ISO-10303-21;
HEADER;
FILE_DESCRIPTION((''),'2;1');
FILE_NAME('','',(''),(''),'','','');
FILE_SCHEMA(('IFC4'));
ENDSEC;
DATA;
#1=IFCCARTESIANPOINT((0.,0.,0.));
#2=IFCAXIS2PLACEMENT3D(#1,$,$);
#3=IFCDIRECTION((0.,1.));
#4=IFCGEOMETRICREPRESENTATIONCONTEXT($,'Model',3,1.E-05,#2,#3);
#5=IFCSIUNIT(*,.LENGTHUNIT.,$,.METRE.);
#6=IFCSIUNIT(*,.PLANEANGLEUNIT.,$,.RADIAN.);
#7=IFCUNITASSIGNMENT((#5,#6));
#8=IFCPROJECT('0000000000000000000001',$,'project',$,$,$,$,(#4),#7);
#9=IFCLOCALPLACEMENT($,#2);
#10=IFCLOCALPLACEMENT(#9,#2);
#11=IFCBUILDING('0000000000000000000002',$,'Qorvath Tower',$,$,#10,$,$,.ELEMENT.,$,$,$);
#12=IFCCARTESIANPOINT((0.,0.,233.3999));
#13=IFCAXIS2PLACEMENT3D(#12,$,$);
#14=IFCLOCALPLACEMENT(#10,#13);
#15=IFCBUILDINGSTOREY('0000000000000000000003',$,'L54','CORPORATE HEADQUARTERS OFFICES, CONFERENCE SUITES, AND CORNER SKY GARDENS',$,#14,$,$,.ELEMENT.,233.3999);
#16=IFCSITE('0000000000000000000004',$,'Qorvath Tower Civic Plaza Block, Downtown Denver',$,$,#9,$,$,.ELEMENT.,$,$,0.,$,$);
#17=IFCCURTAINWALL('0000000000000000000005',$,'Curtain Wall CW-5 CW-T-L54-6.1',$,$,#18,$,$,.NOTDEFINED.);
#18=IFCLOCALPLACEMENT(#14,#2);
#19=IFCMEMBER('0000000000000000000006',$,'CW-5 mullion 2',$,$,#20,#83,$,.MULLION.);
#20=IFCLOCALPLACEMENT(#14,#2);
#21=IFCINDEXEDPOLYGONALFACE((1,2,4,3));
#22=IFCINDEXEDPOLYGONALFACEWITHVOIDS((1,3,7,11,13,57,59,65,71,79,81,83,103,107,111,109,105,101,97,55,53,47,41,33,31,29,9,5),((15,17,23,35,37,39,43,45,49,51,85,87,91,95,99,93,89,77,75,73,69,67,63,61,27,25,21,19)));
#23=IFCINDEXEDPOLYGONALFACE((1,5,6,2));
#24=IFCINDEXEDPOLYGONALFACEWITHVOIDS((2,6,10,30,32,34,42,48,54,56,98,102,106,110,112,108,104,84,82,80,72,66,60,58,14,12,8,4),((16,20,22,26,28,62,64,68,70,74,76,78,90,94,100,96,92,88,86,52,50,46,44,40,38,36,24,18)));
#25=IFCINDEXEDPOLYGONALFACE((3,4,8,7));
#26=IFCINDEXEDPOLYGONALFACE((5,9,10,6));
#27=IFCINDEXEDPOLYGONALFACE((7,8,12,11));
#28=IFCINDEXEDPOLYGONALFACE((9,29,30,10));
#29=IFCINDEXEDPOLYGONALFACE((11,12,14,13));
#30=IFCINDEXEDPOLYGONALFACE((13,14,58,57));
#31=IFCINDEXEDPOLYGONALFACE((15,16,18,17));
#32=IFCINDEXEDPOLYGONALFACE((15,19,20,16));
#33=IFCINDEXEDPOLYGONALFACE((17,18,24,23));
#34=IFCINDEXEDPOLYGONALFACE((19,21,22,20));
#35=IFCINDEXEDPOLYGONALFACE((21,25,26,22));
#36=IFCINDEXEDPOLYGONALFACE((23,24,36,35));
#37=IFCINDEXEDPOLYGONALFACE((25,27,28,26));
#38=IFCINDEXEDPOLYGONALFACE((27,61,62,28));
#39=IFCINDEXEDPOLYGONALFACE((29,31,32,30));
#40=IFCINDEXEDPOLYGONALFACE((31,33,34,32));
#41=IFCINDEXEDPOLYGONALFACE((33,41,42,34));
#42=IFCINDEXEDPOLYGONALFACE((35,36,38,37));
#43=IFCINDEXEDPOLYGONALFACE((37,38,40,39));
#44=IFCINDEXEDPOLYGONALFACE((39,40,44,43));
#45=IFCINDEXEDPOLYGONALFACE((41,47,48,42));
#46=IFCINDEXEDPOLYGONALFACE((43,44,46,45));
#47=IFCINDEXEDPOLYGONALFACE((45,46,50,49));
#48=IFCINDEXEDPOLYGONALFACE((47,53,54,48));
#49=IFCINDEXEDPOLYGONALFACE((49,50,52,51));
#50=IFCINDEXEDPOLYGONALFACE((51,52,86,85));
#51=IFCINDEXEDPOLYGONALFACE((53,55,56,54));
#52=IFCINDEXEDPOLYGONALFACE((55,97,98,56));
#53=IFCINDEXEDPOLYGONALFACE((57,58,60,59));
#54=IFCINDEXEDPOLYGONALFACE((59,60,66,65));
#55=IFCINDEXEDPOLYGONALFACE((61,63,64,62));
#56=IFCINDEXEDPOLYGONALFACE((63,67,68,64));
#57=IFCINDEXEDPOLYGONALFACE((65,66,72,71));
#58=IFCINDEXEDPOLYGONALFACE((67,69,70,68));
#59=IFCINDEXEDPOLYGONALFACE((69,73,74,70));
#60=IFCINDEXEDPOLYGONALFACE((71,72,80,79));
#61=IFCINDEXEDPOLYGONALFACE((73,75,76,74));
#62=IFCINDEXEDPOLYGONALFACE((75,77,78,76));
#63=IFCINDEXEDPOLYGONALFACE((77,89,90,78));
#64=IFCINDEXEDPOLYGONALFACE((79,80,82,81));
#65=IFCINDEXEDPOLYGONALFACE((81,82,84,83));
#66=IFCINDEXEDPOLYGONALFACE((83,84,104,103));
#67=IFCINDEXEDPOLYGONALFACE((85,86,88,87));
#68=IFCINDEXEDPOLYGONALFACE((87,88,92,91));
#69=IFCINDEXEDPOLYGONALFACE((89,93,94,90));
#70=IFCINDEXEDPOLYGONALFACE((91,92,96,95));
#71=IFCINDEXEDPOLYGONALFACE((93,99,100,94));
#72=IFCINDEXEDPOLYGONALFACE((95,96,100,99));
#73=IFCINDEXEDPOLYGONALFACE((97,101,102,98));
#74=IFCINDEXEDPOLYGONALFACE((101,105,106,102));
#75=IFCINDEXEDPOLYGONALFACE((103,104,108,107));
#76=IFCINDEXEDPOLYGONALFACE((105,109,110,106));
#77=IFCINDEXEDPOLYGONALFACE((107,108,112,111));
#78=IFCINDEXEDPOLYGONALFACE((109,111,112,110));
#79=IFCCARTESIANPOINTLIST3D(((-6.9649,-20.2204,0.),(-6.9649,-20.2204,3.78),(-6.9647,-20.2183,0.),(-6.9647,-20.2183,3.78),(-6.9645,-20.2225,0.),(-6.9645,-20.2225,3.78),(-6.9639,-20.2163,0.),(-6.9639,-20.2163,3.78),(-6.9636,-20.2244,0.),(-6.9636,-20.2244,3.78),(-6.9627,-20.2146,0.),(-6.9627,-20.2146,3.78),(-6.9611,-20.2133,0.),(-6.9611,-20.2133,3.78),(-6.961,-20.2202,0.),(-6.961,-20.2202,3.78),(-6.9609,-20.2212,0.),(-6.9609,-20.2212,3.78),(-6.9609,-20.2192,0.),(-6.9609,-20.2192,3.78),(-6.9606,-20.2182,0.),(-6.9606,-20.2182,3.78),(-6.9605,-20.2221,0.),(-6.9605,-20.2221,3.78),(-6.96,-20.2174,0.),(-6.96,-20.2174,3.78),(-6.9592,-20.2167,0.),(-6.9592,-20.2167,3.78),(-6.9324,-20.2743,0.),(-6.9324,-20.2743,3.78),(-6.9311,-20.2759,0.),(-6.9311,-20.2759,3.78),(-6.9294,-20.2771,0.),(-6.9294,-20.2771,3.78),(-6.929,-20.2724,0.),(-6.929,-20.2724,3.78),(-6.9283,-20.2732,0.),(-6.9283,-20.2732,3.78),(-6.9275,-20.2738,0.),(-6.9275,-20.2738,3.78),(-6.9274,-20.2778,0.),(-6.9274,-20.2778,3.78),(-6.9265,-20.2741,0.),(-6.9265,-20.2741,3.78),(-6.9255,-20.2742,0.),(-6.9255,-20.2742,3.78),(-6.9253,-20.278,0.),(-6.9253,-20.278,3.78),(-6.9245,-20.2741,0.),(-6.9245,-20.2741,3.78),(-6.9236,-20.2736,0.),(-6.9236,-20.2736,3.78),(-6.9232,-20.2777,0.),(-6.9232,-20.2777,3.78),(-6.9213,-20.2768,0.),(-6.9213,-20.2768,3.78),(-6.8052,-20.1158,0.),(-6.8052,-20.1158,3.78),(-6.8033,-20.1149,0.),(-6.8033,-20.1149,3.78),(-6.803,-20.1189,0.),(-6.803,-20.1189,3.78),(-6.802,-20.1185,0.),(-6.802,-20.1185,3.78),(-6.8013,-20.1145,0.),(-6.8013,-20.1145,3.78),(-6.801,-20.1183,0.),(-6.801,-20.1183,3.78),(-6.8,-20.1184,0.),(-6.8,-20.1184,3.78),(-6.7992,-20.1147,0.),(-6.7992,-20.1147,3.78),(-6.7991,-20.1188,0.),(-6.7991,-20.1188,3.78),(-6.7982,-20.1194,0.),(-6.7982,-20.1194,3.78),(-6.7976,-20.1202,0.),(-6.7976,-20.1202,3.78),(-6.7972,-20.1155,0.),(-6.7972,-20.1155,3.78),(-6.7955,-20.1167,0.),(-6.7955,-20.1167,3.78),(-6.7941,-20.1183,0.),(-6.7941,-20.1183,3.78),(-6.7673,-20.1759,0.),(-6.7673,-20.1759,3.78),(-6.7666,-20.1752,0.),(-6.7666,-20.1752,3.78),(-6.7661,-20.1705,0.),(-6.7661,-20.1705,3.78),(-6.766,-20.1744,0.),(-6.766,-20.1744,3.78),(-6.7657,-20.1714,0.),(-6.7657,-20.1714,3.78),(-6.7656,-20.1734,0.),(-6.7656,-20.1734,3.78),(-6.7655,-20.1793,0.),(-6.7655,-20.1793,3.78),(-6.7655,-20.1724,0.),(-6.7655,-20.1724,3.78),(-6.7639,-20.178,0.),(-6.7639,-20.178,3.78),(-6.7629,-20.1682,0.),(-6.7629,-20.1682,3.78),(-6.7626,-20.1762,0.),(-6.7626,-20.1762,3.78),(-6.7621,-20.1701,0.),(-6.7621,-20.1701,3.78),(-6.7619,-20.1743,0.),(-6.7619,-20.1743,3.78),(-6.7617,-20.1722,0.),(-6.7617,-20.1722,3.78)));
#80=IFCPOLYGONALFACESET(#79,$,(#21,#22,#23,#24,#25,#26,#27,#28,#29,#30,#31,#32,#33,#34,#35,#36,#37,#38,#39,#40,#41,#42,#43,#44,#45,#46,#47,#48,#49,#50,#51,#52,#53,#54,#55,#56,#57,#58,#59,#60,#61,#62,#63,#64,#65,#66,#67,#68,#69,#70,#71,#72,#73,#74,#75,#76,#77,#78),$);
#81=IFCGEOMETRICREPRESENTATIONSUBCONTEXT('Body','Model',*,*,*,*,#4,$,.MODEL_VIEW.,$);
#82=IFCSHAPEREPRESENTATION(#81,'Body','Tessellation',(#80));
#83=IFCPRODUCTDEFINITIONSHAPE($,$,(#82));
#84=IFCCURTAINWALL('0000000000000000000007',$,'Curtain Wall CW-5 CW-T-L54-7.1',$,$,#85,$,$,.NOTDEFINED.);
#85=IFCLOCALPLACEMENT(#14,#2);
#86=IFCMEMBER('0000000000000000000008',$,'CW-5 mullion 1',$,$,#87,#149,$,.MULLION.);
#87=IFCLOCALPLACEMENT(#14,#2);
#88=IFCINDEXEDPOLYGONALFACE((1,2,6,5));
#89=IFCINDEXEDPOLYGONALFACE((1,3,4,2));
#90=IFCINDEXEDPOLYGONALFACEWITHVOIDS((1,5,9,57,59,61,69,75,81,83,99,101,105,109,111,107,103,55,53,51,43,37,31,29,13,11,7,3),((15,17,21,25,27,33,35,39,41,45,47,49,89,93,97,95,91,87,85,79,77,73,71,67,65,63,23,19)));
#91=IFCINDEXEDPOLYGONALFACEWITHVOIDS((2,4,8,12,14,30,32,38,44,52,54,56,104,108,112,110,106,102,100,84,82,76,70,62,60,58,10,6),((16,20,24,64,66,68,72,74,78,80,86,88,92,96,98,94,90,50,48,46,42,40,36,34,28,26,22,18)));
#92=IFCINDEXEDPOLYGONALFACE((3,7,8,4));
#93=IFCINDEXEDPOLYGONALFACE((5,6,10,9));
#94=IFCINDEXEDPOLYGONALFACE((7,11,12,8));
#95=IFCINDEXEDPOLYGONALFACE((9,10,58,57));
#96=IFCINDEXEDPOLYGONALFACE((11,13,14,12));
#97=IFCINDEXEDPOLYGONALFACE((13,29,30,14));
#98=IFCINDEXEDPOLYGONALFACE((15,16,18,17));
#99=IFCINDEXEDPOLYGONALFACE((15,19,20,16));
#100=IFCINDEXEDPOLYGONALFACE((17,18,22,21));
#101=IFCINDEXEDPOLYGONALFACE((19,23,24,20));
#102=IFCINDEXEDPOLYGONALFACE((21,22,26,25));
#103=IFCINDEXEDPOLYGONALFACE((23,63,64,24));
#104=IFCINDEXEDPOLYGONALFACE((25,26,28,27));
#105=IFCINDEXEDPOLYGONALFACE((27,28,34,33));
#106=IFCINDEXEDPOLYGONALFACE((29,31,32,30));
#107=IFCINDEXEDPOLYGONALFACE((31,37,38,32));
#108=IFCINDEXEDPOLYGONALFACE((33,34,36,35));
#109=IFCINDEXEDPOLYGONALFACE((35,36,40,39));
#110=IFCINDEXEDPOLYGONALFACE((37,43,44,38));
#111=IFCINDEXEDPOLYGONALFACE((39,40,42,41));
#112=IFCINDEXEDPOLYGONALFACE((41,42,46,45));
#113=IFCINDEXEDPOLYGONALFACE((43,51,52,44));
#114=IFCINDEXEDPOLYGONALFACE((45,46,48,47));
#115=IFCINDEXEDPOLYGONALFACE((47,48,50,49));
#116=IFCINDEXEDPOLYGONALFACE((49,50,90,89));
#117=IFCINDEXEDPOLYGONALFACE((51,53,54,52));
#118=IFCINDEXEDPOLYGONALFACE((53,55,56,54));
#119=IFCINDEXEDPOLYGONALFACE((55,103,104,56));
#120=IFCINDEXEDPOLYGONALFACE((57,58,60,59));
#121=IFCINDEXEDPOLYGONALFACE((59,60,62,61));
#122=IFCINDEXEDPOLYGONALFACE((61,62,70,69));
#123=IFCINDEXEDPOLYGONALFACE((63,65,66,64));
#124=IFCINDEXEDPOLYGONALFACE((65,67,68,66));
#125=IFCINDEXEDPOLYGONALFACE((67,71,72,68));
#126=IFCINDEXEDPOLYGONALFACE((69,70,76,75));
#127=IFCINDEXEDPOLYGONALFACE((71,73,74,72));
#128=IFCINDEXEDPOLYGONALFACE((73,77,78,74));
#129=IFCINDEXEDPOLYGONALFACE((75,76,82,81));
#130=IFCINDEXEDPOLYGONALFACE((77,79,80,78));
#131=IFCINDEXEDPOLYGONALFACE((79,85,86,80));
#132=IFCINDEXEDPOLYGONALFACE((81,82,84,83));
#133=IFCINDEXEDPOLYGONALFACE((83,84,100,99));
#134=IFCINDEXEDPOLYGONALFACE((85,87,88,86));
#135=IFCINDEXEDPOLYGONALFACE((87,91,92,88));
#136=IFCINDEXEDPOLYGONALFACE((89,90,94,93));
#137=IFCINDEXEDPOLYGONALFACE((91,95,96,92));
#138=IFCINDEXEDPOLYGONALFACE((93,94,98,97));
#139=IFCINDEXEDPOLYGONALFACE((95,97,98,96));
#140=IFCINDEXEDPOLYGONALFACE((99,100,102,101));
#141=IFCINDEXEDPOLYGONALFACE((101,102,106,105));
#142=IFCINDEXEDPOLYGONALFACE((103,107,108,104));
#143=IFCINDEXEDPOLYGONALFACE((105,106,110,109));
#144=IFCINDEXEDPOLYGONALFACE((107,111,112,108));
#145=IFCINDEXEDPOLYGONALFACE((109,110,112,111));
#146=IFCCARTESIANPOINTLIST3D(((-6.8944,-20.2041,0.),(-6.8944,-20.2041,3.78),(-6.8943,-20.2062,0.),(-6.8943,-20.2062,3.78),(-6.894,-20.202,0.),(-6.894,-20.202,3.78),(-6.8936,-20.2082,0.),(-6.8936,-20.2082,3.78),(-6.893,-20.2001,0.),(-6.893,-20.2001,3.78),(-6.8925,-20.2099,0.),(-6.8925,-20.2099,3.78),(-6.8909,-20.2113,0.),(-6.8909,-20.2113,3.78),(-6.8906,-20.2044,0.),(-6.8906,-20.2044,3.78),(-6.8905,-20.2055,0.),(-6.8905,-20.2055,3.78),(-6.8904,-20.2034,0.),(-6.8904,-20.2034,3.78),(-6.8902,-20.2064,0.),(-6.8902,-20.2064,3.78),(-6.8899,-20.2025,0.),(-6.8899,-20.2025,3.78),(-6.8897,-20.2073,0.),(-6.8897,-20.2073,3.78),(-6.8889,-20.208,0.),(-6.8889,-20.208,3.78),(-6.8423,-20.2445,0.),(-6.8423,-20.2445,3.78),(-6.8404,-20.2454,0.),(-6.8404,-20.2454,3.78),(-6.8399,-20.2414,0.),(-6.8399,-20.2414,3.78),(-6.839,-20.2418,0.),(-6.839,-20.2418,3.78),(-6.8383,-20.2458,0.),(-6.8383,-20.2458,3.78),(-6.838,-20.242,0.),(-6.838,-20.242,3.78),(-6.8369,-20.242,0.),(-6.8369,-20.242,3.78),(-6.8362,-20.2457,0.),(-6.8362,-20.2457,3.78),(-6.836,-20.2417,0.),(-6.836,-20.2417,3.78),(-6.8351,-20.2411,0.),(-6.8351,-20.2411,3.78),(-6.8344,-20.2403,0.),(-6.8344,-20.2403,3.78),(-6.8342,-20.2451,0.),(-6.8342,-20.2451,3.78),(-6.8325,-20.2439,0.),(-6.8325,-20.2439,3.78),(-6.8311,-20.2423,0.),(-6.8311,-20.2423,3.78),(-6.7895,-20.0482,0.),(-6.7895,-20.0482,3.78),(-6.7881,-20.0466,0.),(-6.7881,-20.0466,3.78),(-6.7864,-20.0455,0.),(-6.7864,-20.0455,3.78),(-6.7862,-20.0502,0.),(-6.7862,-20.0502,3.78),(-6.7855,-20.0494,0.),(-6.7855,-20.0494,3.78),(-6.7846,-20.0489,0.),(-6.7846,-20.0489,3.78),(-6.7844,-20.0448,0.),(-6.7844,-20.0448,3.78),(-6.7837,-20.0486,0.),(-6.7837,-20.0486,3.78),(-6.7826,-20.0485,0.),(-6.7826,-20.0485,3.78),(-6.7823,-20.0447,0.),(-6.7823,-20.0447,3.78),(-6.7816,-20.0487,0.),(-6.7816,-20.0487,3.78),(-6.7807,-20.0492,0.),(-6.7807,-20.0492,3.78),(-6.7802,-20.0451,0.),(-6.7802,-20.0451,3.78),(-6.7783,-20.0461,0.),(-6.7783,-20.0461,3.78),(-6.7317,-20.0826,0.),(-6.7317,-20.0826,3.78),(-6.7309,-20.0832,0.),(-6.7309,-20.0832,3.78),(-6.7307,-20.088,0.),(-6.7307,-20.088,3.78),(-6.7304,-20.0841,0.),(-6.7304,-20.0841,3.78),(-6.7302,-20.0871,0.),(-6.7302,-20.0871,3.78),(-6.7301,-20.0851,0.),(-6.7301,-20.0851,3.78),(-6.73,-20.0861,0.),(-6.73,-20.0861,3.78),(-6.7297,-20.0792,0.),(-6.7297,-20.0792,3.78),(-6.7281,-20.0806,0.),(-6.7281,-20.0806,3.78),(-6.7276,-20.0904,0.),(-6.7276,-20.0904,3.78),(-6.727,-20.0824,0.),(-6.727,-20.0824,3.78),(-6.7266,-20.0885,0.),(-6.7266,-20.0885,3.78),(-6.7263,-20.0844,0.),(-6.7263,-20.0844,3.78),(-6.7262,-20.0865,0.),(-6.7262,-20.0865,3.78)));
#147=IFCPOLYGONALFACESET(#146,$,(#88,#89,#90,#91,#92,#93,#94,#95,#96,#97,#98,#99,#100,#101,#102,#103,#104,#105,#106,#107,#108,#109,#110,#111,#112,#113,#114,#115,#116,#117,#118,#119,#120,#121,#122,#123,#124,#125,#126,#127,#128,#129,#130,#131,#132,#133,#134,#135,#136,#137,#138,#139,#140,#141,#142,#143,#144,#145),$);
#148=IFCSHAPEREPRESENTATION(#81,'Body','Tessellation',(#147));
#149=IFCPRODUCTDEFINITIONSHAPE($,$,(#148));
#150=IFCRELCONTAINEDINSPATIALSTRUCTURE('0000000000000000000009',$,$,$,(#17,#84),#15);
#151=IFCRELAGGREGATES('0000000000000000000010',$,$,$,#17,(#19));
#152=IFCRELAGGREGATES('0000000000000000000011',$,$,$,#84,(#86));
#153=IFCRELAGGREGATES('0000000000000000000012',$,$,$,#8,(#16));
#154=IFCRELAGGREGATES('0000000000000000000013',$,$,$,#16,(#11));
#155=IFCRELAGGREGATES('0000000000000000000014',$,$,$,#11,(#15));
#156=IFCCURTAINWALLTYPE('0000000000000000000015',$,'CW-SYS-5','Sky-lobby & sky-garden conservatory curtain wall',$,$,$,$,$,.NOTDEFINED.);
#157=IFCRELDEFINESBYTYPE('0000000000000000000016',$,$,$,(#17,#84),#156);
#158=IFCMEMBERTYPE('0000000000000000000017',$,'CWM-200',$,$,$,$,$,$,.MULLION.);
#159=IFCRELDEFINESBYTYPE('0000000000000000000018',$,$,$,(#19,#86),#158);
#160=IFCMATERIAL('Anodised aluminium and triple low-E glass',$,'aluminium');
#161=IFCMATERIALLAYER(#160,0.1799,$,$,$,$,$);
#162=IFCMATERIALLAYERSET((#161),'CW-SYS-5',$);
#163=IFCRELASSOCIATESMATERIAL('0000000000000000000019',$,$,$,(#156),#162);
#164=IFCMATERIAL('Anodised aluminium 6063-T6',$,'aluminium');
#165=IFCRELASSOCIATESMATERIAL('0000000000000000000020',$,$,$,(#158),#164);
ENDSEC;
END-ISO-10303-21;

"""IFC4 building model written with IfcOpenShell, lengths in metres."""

from ifc_helpers import new_model, si_unit, direction, frame, origin, origin_2d, place, context, subcontext, project, spatial, hollow_rectangle, extrude, material, layer, layer_set, material_profile, profile_set, type_object, element, aggregate, save


model = new_model("IFC4")

# Units and contexts
model_context = context("Model", 3, precision=1e-05, world=origin(), true_north=direction((0.0, 1.0)))
body_context = subcontext(model_context, "Body", "Model", "MODEL_VIEW")
ifc_project = project(units=[si_unit("LENGTHUNIT", "METRE"), si_unit("PLANEANGLEUNIT", "RADIAN")], contexts=[model_context])

# Site, building, storey
site_placement = place(None, origin())
site = spatial("IfcSite", under=ifc_project, at=site_placement, Name="Qorvath Tower Civic Plaza Block, Downtown Denver", CompositionType="ELEMENT", RefElevation=0.0)
building_placement = place(site_placement, origin())
building = spatial("IfcBuilding", under=site, at=building_placement, Name="Qorvath Tower", CompositionType="ELEMENT")
storey_placement = place(building_placement, frame((0.0, 0.0, 233.3999)))
storey = spatial("IfcBuildingStorey", under=building, at=storey_placement, Name="L54", Description="CORPORATE HEADQUARTERS OFFICES, CONFERENCE SUITES, AND CORNER SKY GARDENS", CompositionType="ELEMENT", Elevation=233.3999)

# Shared definitions
ifc_material_1 = material(Name="Anodised aluminium and triple low-E glass", Category="aluminium")
ifc_layer_1 = layer(ifc_material_1, 0.1799)
ifc_layer_set_1 = layer_set([ifc_layer_1], Name="CW-SYS-5")
curtain_wall_type = type_object("IfcCurtainWallType", Name="CW-SYS-5", Description="Sky-lobby & sky-garden conservatory curtain wall", PredefinedType="NOTDEFINED", material=ifc_layer_set_1)
ifc_material_2 = material(Name="Anodised aluminium 6063-T6", Category="aluminium")
ifc_material_profile_1 = material_profile(ifc_material_2, hollow_rectangle(XDim=0.075, YDim=0.2, WallThickness=0.0039, InnerFilletRadius=0.0039, OuterFilletRadius=0.0081, at=origin_2d()), Name="CWM 200x75")
ifc_profile_set_1 = profile_set([ifc_material_profile_1], Name="Anodised aluminium 6063-T6")
member_type_1 = type_object("IfcMemberType", Name="CWM-200", PredefinedType="MULLION", material=ifc_profile_set_1)

# Curtain walls, members
curtain_wall_1_placement = place(storey_placement, origin())
curtain_wall_1 = element("IfcCurtainWall", 1, at=curtain_wall_1_placement, inside=storey, type_object=curtain_wall_type, Name="Curtain Wall CW-5 CW-T-L54-6.1", PredefinedType="NOTDEFINED")
member_1_placement = place(storey_placement, frame((-6.8633, -20.1963, 0.0), z_axis=(0.0, 0.0, 1.0), x_axis=(-0.530497, 0.847687, 0.0)))
member_1 = element("IfcMember", 2, at=member_1_placement, type_object=member_type_1, Name="CW-5 mullion 2", PredefinedType="MULLION", context=body_context, shape_type="SweptSolid", body=[
    extrude(hollow_rectangle(XDim=0.075, YDim=0.2, WallThickness=0.0039, InnerFilletRadius=0.0039, OuterFilletRadius=0.0081, at=origin_2d()), origin(), (0.0, 0.0, 1.0), 3.78),
])
curtain_wall_2_placement = place(storey_placement, origin())
curtain_wall_2 = element("IfcCurtainWall", 3, at=curtain_wall_2_placement, inside=storey, type_object=curtain_wall_type, Name="Curtain Wall CW-5 CW-T-L54-7.1", PredefinedType="NOTDEFINED")
member_2_placement = place(storey_placement, frame((-6.8103, -20.1453, 0.0), z_axis=(0.0, 0.0, 1.0), x_axis=(-0.826474, 0.562975, 0.0)))
member_2 = element("IfcMember", 4, at=member_2_placement, type_object=member_type_1, Name="CW-5 mullion 1", PredefinedType="MULLION", context=body_context, shape_type="SweptSolid", body=[
    extrude(hollow_rectangle(XDim=0.075, YDim=0.2, WallThickness=0.0039, InnerFilletRadius=0.0039, OuterFilletRadius=0.0081, at=origin_2d()), origin(), (0.0, 0.0, 1.0), 3.78),
])

aggregate(curtain_wall_1, [member_1])
aggregate(curtain_wall_2, [member_2])

save(model, "model.ifc")
